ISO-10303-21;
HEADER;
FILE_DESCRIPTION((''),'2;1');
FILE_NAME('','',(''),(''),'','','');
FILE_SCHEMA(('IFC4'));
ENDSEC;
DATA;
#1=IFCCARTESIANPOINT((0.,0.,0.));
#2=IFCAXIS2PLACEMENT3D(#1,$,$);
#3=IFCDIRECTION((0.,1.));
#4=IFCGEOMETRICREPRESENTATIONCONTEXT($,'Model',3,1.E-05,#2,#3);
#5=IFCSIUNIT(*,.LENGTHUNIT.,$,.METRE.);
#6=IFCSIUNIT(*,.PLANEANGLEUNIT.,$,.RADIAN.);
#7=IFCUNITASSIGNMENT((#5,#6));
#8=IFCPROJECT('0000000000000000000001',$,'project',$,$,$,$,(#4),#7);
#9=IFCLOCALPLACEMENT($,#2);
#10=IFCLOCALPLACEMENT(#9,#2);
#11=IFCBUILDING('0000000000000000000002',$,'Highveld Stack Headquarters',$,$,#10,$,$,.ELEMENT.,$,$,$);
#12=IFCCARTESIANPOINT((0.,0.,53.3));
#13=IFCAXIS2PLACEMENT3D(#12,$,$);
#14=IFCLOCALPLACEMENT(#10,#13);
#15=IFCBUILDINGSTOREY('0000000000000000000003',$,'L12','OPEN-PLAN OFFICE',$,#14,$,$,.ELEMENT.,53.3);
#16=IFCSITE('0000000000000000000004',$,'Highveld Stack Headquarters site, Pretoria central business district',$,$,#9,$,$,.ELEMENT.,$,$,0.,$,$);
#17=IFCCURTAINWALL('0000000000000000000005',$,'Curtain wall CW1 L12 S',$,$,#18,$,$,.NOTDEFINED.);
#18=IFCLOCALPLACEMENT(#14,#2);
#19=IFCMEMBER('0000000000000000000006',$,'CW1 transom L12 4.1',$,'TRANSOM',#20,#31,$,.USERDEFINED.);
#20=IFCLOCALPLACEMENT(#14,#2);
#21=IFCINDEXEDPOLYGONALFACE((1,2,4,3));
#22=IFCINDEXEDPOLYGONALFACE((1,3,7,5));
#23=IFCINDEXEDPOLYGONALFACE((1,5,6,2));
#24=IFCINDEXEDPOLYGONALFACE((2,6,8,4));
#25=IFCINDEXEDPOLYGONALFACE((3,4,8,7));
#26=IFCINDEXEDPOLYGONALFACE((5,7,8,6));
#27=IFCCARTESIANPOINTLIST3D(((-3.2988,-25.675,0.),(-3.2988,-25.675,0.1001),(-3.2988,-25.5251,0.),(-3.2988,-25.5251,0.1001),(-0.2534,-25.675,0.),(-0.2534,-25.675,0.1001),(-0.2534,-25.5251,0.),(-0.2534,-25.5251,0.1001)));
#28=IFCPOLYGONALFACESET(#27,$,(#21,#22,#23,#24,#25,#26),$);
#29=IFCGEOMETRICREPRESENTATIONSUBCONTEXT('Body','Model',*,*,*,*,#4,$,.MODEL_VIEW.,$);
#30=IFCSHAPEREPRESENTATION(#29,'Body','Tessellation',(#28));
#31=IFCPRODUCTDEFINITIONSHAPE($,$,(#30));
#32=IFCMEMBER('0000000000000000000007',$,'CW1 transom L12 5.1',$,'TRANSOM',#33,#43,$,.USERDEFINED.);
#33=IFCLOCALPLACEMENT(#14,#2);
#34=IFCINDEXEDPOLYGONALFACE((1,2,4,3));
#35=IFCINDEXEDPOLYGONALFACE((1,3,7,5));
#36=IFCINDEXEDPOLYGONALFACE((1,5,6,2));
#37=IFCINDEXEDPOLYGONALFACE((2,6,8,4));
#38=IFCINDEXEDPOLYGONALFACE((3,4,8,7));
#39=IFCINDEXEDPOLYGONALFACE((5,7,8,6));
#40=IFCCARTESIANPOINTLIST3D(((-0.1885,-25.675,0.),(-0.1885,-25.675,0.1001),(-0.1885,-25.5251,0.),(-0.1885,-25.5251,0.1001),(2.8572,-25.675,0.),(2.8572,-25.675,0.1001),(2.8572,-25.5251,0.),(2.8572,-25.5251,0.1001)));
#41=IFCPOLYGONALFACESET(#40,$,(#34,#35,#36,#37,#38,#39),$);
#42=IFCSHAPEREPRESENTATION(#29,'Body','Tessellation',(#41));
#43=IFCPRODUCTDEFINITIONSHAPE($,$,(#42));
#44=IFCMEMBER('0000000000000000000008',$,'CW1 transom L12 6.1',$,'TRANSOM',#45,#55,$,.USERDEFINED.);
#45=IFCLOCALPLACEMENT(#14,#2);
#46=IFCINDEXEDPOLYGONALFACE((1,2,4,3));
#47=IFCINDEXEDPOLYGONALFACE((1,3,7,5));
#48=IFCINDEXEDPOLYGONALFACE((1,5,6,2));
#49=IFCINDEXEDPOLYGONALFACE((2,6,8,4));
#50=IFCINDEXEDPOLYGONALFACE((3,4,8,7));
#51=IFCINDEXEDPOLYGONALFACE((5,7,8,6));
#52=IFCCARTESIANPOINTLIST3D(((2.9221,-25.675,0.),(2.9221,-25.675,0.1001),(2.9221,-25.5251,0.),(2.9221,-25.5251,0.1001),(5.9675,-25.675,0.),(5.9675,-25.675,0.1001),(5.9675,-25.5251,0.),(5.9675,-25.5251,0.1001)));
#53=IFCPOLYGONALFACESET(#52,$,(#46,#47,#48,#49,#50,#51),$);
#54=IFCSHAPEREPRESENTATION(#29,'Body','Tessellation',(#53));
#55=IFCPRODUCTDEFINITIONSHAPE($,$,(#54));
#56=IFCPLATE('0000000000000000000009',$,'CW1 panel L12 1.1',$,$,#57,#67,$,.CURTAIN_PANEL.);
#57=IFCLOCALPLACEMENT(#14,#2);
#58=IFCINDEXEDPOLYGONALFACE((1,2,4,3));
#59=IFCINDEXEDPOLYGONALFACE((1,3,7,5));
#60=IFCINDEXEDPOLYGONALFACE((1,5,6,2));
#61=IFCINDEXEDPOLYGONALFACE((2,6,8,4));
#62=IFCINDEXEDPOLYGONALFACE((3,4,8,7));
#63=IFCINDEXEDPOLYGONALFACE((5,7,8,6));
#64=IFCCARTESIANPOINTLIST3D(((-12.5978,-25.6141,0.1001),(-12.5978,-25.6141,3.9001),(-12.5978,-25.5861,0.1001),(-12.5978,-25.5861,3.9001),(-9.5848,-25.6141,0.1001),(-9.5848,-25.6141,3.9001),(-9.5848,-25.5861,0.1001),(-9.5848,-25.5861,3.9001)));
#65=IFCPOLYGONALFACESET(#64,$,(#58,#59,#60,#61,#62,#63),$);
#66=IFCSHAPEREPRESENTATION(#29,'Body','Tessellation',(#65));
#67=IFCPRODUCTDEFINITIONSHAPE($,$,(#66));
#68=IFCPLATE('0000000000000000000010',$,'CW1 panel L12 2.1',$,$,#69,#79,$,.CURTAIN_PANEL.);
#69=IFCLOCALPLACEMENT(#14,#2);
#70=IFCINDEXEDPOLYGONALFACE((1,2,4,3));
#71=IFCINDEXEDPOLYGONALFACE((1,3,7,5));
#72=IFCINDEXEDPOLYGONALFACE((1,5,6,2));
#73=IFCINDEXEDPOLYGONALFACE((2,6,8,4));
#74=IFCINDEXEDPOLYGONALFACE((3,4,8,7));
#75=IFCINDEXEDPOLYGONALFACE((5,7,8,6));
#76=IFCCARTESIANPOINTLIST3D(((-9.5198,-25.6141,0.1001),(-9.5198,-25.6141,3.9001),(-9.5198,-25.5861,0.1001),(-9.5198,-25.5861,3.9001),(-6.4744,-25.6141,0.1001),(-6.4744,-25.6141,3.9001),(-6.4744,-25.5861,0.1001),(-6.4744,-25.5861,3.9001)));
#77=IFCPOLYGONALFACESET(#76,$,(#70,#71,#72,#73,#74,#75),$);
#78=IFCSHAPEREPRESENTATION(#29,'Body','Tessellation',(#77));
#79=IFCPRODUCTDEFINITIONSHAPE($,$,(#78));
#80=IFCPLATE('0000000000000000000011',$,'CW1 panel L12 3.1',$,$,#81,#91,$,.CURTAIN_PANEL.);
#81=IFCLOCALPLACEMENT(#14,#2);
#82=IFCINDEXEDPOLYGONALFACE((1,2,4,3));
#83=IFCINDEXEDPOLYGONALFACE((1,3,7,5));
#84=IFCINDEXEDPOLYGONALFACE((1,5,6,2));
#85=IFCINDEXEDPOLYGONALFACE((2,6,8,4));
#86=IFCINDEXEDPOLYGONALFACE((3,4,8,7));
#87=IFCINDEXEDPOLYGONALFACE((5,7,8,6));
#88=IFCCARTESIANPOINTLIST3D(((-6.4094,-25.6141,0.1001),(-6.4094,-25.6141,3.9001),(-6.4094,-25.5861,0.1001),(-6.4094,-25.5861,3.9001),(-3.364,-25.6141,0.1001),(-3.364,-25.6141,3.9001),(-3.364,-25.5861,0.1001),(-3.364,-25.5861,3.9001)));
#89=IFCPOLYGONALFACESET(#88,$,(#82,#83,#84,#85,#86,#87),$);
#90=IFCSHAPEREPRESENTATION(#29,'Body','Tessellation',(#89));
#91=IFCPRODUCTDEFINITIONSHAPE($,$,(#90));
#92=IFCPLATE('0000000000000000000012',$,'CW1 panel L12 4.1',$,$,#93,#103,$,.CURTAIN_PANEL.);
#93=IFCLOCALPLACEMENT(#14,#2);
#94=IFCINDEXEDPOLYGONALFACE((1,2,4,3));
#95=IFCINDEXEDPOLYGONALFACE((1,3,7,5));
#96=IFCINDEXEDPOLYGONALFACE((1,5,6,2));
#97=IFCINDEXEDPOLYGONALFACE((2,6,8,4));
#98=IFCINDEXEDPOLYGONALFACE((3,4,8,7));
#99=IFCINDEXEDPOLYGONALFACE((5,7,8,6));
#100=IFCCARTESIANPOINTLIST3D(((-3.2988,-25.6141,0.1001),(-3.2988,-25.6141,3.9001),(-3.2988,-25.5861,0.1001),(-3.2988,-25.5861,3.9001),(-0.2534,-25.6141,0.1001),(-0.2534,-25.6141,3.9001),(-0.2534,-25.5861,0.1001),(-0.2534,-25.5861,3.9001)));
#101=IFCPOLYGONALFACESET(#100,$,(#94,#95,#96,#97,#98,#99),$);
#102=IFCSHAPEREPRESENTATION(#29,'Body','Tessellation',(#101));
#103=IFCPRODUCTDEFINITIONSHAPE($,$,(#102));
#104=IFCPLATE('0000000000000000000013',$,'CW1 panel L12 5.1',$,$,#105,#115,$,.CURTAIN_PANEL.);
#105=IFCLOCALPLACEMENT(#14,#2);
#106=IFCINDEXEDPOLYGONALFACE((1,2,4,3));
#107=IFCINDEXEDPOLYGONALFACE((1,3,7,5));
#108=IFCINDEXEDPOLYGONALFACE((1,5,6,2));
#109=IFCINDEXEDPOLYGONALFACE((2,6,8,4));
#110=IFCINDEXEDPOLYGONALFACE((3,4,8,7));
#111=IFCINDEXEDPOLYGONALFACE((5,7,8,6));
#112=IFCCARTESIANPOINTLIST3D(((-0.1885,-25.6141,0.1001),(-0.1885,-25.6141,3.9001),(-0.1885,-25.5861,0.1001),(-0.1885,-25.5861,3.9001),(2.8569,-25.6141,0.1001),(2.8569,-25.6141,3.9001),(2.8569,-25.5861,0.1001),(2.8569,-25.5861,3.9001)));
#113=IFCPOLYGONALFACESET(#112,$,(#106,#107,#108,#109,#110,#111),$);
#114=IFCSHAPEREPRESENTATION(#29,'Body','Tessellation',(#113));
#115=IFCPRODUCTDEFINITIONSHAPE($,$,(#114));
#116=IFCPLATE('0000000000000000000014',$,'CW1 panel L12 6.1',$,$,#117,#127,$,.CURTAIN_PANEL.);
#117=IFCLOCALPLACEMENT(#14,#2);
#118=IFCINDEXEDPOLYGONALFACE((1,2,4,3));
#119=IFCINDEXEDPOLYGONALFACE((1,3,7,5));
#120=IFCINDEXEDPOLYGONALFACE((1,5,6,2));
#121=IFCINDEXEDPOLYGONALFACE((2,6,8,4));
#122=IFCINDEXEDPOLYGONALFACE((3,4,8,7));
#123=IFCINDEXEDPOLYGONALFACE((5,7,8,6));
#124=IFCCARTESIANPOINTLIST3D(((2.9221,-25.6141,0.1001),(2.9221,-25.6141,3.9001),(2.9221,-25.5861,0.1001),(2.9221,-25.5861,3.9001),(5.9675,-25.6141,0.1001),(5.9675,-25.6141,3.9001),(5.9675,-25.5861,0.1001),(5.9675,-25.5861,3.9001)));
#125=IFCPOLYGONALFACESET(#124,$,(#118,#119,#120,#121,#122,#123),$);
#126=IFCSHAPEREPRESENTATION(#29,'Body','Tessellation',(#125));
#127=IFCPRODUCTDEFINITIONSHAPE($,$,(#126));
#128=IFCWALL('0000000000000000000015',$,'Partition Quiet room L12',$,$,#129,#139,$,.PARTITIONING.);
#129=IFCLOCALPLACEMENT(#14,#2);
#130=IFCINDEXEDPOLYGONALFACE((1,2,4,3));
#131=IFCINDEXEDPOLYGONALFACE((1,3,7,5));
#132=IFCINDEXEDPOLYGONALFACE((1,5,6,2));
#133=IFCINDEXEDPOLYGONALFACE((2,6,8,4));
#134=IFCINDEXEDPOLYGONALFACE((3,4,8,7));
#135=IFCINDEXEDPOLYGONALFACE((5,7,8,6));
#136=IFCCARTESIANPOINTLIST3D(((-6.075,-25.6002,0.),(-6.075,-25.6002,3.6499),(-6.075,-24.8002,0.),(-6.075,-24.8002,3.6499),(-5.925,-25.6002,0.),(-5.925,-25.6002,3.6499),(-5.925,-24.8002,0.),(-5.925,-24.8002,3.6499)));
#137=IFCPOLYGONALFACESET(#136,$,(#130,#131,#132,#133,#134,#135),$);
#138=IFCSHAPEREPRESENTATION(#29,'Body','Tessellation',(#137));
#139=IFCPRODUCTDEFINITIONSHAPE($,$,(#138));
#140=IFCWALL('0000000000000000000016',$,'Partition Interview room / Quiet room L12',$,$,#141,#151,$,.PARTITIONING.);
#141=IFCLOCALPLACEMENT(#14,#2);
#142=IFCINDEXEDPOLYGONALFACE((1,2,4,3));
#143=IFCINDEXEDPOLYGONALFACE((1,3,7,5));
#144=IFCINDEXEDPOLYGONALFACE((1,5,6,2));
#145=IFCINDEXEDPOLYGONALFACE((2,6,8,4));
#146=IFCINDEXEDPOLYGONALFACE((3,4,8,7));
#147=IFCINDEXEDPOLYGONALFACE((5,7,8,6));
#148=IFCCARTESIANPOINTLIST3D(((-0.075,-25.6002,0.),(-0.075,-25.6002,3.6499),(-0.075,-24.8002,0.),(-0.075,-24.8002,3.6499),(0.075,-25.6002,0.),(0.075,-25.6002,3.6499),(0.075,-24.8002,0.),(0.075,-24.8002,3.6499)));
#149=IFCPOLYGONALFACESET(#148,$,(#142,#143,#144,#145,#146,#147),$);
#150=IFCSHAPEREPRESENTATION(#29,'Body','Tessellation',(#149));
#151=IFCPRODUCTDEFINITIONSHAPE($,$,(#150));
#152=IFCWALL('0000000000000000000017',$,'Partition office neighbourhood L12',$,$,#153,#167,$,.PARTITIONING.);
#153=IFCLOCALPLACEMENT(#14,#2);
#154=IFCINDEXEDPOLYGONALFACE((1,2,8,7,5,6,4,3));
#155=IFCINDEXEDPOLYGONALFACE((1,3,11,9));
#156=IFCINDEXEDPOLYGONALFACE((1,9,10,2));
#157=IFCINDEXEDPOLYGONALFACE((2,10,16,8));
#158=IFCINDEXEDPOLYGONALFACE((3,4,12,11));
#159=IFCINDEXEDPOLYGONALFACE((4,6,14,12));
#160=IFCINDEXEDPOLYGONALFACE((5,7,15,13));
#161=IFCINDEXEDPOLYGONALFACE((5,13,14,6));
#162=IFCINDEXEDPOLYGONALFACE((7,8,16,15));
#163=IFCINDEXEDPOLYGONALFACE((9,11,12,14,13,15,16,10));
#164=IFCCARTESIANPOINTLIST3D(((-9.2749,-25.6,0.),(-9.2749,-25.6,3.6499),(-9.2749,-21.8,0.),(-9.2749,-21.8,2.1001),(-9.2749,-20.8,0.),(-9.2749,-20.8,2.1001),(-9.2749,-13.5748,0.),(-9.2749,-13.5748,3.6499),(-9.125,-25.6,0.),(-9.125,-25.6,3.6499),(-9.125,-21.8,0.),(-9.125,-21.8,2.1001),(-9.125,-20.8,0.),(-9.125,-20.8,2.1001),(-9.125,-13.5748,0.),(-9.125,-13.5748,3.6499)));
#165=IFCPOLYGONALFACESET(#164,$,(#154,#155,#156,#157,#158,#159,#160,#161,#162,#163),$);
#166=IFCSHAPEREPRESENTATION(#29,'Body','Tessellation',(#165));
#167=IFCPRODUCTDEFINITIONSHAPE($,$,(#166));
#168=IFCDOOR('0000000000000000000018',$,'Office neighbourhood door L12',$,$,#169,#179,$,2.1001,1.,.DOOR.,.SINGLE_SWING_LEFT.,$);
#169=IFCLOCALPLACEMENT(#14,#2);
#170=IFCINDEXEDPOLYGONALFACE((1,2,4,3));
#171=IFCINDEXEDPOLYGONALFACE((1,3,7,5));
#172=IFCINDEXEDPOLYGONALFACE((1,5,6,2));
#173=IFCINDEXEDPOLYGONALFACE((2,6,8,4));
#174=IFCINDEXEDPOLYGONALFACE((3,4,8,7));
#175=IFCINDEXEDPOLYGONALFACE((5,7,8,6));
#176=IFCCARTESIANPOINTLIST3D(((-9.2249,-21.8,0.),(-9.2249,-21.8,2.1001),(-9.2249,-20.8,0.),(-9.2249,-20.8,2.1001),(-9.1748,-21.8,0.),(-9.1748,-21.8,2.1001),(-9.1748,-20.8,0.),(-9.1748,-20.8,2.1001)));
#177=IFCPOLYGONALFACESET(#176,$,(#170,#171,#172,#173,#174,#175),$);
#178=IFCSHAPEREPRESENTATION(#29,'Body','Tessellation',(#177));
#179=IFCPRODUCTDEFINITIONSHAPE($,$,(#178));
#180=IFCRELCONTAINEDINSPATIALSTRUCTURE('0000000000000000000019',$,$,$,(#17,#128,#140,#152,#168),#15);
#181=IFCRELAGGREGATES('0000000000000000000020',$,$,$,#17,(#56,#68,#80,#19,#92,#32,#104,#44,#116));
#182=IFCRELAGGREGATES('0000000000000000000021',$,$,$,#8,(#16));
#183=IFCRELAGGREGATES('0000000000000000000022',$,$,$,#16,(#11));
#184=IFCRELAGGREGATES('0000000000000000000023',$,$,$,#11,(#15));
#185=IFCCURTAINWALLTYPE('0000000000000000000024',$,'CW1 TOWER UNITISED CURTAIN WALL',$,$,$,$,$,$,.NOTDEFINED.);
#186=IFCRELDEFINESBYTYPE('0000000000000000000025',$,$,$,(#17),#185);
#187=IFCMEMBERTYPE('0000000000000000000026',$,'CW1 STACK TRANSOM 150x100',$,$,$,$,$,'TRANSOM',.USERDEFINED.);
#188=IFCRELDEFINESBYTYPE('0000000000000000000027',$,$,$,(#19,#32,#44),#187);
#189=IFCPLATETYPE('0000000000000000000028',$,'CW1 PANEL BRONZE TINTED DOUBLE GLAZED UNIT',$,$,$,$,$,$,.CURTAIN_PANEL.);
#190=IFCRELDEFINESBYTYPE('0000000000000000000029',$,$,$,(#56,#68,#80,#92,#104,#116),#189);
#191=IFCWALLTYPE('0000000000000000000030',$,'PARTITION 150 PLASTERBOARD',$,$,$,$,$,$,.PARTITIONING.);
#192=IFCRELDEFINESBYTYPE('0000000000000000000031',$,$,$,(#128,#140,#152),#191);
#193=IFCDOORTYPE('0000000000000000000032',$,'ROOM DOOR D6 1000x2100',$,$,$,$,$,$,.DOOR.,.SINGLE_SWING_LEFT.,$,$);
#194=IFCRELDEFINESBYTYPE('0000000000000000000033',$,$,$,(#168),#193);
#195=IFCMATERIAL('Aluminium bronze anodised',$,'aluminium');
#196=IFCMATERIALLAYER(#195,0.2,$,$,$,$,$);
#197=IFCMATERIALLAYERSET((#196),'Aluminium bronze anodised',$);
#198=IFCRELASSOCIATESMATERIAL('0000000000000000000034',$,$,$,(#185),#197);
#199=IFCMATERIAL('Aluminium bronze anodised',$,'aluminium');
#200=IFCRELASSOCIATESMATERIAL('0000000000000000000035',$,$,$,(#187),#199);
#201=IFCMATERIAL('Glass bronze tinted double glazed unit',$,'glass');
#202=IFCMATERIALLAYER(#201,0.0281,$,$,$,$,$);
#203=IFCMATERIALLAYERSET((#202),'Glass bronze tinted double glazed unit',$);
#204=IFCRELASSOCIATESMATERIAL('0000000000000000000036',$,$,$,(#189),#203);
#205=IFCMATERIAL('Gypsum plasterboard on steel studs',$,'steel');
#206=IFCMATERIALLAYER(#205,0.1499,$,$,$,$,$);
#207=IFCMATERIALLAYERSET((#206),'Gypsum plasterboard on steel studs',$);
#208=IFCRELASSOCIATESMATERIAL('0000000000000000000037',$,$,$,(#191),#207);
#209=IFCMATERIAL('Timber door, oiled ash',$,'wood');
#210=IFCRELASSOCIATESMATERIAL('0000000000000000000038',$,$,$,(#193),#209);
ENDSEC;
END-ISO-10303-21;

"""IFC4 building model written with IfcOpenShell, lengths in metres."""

from ifc_helpers import new_model, si_unit, direction, frame, frame_2d, origin, origin_2d, place, context, subcontext, project, spatial, rectangle, extrude, material, layer, layer_set, material_profile, profile_set, type_object, element, fill, aggregate, save


model = new_model("IFC4")

# Units and contexts
model_context = context("Model", 3, precision=1e-05, world=origin(), true_north=direction((0.0, 1.0)))
body_context = subcontext(model_context, "Body", "Model", "MODEL_VIEW")
ifc_project = project(units=[si_unit("LENGTHUNIT", "METRE"), si_unit("PLANEANGLEUNIT", "RADIAN")], contexts=[model_context])

# Site, building, storey
site_placement = place(None, origin())
site = spatial("IfcSite", under=ifc_project, at=site_placement, Name="Highveld Stack Headquarters site, Pretoria central business district", CompositionType="ELEMENT", RefElevation=0.0)
building_placement = place(site_placement, origin())
building = spatial("IfcBuilding", under=site, at=building_placement, Name="Highveld Stack Headquarters", CompositionType="ELEMENT")
storey_placement = place(building_placement, frame((0.0, 0.0, 53.3)))
storey = spatial("IfcBuildingStorey", under=building, at=storey_placement, Name="L12", Description="OPEN-PLAN OFFICE", CompositionType="ELEMENT", Elevation=53.3)

# Curtain wall, members, plates
ifc_material_1 = material(Name="Aluminium bronze anodised", Category="aluminium")
ifc_layer_1 = layer(ifc_material_1, 0.2)
ifc_layer_set_1 = layer_set([ifc_layer_1], Name="Aluminium bronze anodised")
curtain_wall_type = type_object("IfcCurtainWallType", Name="CW1 TOWER UNITISED CURTAIN WALL", PredefinedType="NOTDEFINED", material=ifc_layer_set_1)
curtain_wall_placement = place(storey_placement, origin())
curtain_wall = element("IfcCurtainWall", 1, at=curtain_wall_placement, inside=storey, type_object=curtain_wall_type, Name="Curtain wall CW1 L12 S", PredefinedType="NOTDEFINED")
ifc_material_2 = material(Name="Aluminium bronze anodised", Category="aluminium")
ifc_material_profile_1 = material_profile(ifc_material_2, rectangle(XDim=0.1499, YDim=0.1001, at=origin_2d()), Name="CW1 TRANSOM 150x100")
ifc_profile_set_1 = profile_set([ifc_material_profile_1], Name="Aluminium bronze anodised")
member_type_1 = type_object("IfcMemberType", Name="CW1 STACK TRANSOM 150x100", ElementType="TRANSOM", PredefinedType="USERDEFINED", material=ifc_profile_set_1)
member_1_placement = place(storey_placement, frame((-3.2988, -25.6001, 0.05), z_axis=(1.0, 0.0, 0.0), x_axis=(0.0, 1.0, 0.0)))
member_1 = element("IfcMember", 2, at=member_1_placement, type_object=member_type_1, Name="CW1 transom L12 4.1", ObjectType="TRANSOM", PredefinedType="USERDEFINED", context=body_context, shape_type="SweptSolid", body=[
    extrude(rectangle(XDim=0.1499, YDim=0.1001, at=origin_2d()), origin(), (0.0, 0.0, 1.0), 3.0454),
])
member_2_placement = place(storey_placement, frame((-0.1885, -25.6001, 0.05), z_axis=(1.0, 0.0, 0.0), x_axis=(0.0, 1.0, 0.0)))
member_2 = element("IfcMember", 3, at=member_2_placement, type_object=member_type_1, Name="CW1 transom L12 5.1", ObjectType="TRANSOM", PredefinedType="USERDEFINED", context=body_context, shape_type="SweptSolid", body=[
    extrude(rectangle(XDim=0.1499, YDim=0.1001, at=origin_2d()), origin(), (0.0, 0.0, 1.0), 3.0457),
])
member_3_placement = place(storey_placement, frame((2.9221, -25.6001, 0.05), z_axis=(1.0, 0.0, 0.0), x_axis=(0.0, 1.0, 0.0)))
member_3 = element("IfcMember", 4, at=member_3_placement, type_object=member_type_1, Name="CW1 transom L12 6.1", ObjectType="TRANSOM", PredefinedType="USERDEFINED", context=body_context, shape_type="SweptSolid", body=[
    extrude(rectangle(XDim=0.1499, YDim=0.1001, at=origin_2d()), origin(), (0.0, 0.0, 1.0), 3.0454),
])
ifc_material_3 = material(Name="Glass bronze tinted double glazed unit", Category="glass")
ifc_layer_2 = layer(ifc_material_3, 0.0281)
ifc_layer_set_2 = layer_set([ifc_layer_2], Name="Glass bronze tinted double glazed unit")
plate_type = type_object("IfcPlateType", Name="CW1 PANEL BRONZE TINTED DOUBLE GLAZED UNIT", PredefinedType="CURTAIN_PANEL", material=ifc_layer_set_2)
plate_1_placement = place(storey_placement, frame((-11.0913, -25.6001, 0.1001), z_axis=(0.0, 0.0, 1.0), x_axis=(1.0, 0.0, 0.0)))
plate_1 = element("IfcPlate", 5, at=plate_1_placement, type_object=plate_type, Name="CW1 panel L12 1.1", PredefinedType="CURTAIN_PANEL", context=body_context, shape_type="SweptSolid", body=[
    extrude(rectangle(XDim=3.0129, YDim=0.0281, at=origin_2d()), origin(), (0.0, 0.0, 1.0), 3.8),
])
plate_2_placement = place(storey_placement, frame((-7.9971, -25.6001, 0.1001), z_axis=(0.0, 0.0, 1.0), x_axis=(1.0, 0.0, 0.0)))
plate_2 = element("IfcPlate", 6, at=plate_2_placement, type_object=plate_type, Name="CW1 panel L12 2.1", PredefinedType="CURTAIN_PANEL", context=body_context, shape_type="SweptSolid", body=[
    extrude(rectangle(XDim=3.0454, YDim=0.0281, at=origin_2d()), origin(), (0.0, 0.0, 1.0), 3.8),
])
plate_3_placement = place(storey_placement, frame((-4.8867, -25.6001, 0.1001), z_axis=(0.0, 0.0, 1.0), x_axis=(1.0, 0.0, 0.0)))
plate_3 = element("IfcPlate", 7, at=plate_3_placement, type_object=plate_type, Name="CW1 panel L12 3.1", PredefinedType="CURTAIN_PANEL", context=body_context, shape_type="SweptSolid", body=[
    extrude(rectangle(XDim=3.0454, YDim=0.0281, at=origin_2d()), origin(), (0.0, 0.0, 1.0), 3.8),
])
plate_4_placement = place(storey_placement, frame((-1.7761, -25.6001, 0.1001), z_axis=(0.0, 0.0, 1.0), x_axis=(1.0, 0.0, 0.0)))
plate_4 = element("IfcPlate", 8, at=plate_4_placement, type_object=plate_type, Name="CW1 panel L12 4.1", PredefinedType="CURTAIN_PANEL", context=body_context, shape_type="SweptSolid", body=[
    extrude(rectangle(XDim=3.0454, YDim=0.0281, at=origin_2d()), origin(), (0.0, 0.0, 1.0), 3.8),
])
plate_5_placement = place(storey_placement, frame((1.3342, -25.6001, 0.1001), z_axis=(0.0, 0.0, 1.0), x_axis=(1.0, 0.0, 0.0)))
plate_5 = element("IfcPlate", 9, at=plate_5_placement, type_object=plate_type, Name="CW1 panel L12 5.1", PredefinedType="CURTAIN_PANEL", context=body_context, shape_type="SweptSolid", body=[
    extrude(rectangle(XDim=3.0454, YDim=0.0281, at=origin_2d()), origin(), (0.0, 0.0, 1.0), 3.8),
])
plate_6_placement = place(storey_placement, frame((4.4448, -25.6001, 0.1001), z_axis=(0.0, 0.0, 1.0), x_axis=(1.0, 0.0, 0.0)))
plate_6 = element("IfcPlate", 10, at=plate_6_placement, type_object=plate_type, Name="CW1 panel L12 6.1", PredefinedType="CURTAIN_PANEL", context=body_context, shape_type="SweptSolid", body=[
    extrude(rectangle(XDim=3.0454, YDim=0.0281, at=origin_2d()), origin(), (0.0, 0.0, 1.0), 3.8),
])
aggregate(curtain_wall, [plate_1, plate_2, plate_3, member_1, plate_4, member_2, plate_5, member_3, plate_6])

# Walls
ifc_material_4 = material(Name="Gypsum plasterboard on steel studs", Category="steel")
ifc_layer_3 = layer(ifc_material_4, 0.1499)
ifc_layer_set_3 = layer_set([ifc_layer_3], Name="Gypsum plasterboard on steel studs")
wall_type = type_object("IfcWallType", Name="PARTITION 150 PLASTERBOARD", PredefinedType="PARTITIONING", material=ifc_layer_set_3)
for number, where, z_axis, x_axis, name in (
    (11, (-6.0, -25.6001, 0.0), (0.0, 0.0, 1.0), (0.0, 1.0, 0.0), "Partition Quiet room L12"),
    (12, (0.0, -25.6001, 0.0), (0.0, 0.0, 1.0), (0.0, 1.0, 0.0), "Partition Interview room / Quiet room L12"),
):
    element("IfcWall", number, at=place(storey_placement, frame(where, z_axis=z_axis, x_axis=x_axis)), inside=storey, type_object=wall_type, Name=name, PredefinedType="PARTITIONING", context=body_context, shape_type="SweptSolid", body=[
        extrude(rectangle(XDim=0.8, YDim=0.1499, at=frame_2d((0.3999, 0.0))), origin(), (0.0, 0.0, 1.0), 3.6499),
    ])

# Wall, opening, door
wall_1_placement = place(storey_placement, frame((-9.2, -25.6001, 0.0), z_axis=(0.0, 0.0, 1.0), x_axis=(0.0, 1.0, 0.0)))
wall_1 = element("IfcWall", 13, at=wall_1_placement, inside=storey, type_object=wall_type, Name="Partition office neighbourhood L12", PredefinedType="PARTITIONING", context=body_context, shape_type="SweptSolid", body=[
    extrude(rectangle(XDim=12.0251, YDim=0.1499, at=frame_2d((6.0127, 0.0))), origin(), (0.0, 0.0, 1.0), 3.6499),
])
opening_1_placement = place(wall_1_placement, frame((3.8, 0.0, 0.0)))
opening_1 = element("IfcOpeningElement", 14, at=opening_1_placement, cuts=wall_1, PredefinedType="OPENING", context=body_context, shape_type="SweptSolid", body=[
    extrude(rectangle(XDim=1.0, YDim=2.1001, at=frame_2d((0.5, 1.05))), frame((0.0, 0.085, 0.0), z_axis=(0.0, -1.0, 0.0), x_axis=(1.0, 0.0, 0.0)), (0.0, 0.0, 1.0), 0.1699),
])
ifc_material_5 = material(Name="Timber door, oiled ash", Category="wood")
door_type = type_object("IfcDoorType", Name="ROOM DOOR D6 1000x2100", OperationType="SINGLE_SWING_LEFT", PredefinedType="DOOR", material=ifc_material_5)
door_1_placement = place(opening_1_placement, origin())
door_1 = element("IfcDoor", 15, at=door_1_placement, inside=storey, type_object=door_type, Name="Office neighbourhood door L12", OperationType="SINGLE_SWING_LEFT", OverallHeight=2.1001, OverallWidth=1.0, PredefinedType="DOOR", context=body_context, shape_type="SweptSolid", body=[
    extrude(rectangle(XDim=1.0, YDim=2.1001, at=frame_2d((0.5, 1.05))), frame((0.0, 0.0249, 0.0), z_axis=(0.0, -1.0, 0.0), x_axis=(1.0, 0.0, 0.0)), (0.0, 0.0, 1.0), 0.05),
])
fill(opening_1, door_1)

save(model, "model.ifc")
